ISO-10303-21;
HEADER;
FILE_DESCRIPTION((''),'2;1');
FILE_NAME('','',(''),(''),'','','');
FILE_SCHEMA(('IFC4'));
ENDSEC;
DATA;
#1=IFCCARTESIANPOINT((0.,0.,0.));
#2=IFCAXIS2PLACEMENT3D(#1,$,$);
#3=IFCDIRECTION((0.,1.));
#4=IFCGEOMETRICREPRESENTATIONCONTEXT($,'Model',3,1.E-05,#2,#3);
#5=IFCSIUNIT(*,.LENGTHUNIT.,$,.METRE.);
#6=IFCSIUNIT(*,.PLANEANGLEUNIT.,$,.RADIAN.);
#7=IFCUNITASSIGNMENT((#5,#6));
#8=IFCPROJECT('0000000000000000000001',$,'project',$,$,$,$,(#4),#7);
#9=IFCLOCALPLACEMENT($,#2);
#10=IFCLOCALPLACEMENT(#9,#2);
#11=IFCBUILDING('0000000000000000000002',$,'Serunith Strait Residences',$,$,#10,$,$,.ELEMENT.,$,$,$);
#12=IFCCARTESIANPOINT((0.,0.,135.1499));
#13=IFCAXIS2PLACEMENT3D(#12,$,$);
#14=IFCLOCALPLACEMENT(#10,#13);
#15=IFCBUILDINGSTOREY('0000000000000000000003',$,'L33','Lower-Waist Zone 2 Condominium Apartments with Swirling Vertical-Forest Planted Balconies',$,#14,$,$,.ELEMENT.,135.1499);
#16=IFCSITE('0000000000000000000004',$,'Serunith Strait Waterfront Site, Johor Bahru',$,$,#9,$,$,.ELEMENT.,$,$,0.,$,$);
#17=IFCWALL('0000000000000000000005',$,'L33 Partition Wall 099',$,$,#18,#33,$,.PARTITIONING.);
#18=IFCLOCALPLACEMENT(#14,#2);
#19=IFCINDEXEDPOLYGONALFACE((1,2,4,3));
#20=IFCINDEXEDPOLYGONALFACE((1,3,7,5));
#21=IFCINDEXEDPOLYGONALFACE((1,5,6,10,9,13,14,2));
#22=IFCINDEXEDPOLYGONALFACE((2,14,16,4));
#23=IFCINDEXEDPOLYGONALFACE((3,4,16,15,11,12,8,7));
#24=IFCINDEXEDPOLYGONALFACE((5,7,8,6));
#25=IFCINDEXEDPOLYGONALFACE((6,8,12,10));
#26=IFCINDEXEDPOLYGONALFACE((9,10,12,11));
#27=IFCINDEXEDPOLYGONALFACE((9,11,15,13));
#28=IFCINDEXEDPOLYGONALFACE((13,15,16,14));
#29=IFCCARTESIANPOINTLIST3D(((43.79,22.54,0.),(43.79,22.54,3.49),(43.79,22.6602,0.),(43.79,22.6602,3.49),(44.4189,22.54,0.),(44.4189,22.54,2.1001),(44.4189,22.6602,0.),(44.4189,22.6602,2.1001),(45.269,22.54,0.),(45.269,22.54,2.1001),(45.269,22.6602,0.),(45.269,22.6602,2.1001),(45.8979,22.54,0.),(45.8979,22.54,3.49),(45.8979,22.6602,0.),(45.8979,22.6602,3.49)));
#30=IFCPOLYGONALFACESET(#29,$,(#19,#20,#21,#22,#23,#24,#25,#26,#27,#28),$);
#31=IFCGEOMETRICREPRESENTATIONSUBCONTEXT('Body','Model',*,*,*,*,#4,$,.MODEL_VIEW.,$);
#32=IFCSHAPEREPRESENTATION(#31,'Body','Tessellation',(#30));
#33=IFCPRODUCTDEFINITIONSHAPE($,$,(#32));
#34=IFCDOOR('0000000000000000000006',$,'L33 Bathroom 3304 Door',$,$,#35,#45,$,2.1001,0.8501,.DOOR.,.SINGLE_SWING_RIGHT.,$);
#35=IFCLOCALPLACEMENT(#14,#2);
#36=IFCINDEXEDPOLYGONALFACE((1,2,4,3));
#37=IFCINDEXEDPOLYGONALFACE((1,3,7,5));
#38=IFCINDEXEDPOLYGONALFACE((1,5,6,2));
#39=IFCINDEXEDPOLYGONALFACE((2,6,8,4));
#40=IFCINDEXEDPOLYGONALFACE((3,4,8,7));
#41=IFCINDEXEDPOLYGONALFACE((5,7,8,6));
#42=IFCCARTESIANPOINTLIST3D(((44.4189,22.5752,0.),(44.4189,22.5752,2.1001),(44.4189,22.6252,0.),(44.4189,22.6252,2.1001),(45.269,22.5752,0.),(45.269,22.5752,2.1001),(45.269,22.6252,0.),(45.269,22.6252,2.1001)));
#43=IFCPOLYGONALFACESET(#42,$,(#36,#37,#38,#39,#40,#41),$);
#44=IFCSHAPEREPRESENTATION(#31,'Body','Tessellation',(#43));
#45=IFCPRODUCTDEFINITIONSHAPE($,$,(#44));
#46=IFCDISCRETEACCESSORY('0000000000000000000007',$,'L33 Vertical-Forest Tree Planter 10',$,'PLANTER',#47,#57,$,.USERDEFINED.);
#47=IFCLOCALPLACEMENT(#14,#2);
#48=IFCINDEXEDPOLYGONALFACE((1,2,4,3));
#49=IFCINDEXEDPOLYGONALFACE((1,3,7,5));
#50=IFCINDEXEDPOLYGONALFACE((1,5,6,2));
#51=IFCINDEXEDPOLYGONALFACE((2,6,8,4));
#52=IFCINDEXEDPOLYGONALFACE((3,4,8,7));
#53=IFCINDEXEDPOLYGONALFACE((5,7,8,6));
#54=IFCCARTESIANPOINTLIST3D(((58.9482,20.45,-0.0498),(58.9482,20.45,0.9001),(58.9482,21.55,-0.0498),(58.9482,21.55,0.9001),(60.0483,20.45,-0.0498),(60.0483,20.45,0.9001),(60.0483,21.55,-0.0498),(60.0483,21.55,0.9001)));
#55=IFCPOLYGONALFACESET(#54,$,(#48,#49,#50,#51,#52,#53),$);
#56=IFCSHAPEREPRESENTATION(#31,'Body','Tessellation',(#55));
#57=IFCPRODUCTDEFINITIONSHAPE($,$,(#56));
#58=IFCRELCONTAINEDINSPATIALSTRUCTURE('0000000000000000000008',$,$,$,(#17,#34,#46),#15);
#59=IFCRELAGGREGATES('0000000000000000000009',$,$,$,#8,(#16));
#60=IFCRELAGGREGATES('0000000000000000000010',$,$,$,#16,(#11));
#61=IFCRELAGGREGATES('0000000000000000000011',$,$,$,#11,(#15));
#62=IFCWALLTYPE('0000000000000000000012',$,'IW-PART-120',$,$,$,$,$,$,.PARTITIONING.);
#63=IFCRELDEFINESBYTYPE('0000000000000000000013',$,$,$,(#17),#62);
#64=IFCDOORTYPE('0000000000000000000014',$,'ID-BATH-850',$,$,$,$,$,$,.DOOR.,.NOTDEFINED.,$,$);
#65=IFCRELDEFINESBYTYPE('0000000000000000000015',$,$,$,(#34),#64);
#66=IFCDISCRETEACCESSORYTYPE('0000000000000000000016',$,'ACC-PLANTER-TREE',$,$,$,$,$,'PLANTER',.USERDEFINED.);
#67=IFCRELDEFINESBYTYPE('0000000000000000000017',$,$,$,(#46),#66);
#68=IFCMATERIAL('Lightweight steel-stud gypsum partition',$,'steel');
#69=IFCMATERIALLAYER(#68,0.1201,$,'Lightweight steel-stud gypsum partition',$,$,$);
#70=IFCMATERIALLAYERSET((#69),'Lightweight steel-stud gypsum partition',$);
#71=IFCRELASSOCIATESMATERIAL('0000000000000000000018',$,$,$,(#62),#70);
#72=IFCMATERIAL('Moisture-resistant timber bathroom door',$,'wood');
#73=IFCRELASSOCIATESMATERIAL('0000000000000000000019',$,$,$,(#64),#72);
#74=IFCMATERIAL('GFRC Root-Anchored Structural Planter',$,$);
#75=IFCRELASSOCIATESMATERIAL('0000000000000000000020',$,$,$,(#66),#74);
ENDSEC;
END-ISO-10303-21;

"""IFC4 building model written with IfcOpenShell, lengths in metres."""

from ifc_helpers import new_model, si_unit, direction, frame, frame_2d, origin, origin_2d, place, context, subcontext, project, spatial, rectangle, extrude, source, transform, mapped, material, layer, layer_set, type_object, element, fill, save


model = new_model("IFC4")

# Units and contexts
model_context = context("Model", 3, precision=1e-05, world=origin(), true_north=direction((0.0, 1.0)))
body_context = subcontext(model_context, "Body", "Model", "MODEL_VIEW")
ifc_project = project(units=[si_unit("LENGTHUNIT", "METRE"), si_unit("PLANEANGLEUNIT", "RADIAN")], contexts=[model_context])

# Site, building, storey
site_placement = place(None, origin())
site = spatial("IfcSite", under=ifc_project, at=site_placement, Name="Serunith Strait Waterfront Site, Johor Bahru", CompositionType="ELEMENT", RefElevation=0.0)
building_placement = place(site_placement, origin())
building = spatial("IfcBuilding", under=site, at=building_placement, Name="Serunith Strait Residences", CompositionType="ELEMENT")
storey_placement = place(building_placement, frame((0.0, 0.0, 135.1499)))
storey = spatial("IfcBuildingStorey", under=building, at=storey_placement, Name="L33", Description="Lower-Waist Zone 2 Condominium Apartments with Swirling Vertical-Forest Planted Balconies", CompositionType="ELEMENT", Elevation=135.1499)

# Shared definitions
ifc_material_1 = material(Name="Lightweight steel-stud gypsum partition", Category="steel")
ifc_layer_1 = layer(ifc_material_1, 0.1201, Name="Lightweight steel-stud gypsum partition")
ifc_layer_set_1 = layer_set([ifc_layer_1], Name="Lightweight steel-stud gypsum partition")
wall_type = type_object("IfcWallType", Name="IW-PART-120", PredefinedType="PARTITIONING", material=ifc_layer_set_1)

# Shared definitions
shared_shape_1 = source(origin(), body_context, "Body", "SweptSolid", [
    extrude(rectangle(XDim=0.8501, YDim=2.1001, at=frame_2d((0.425, 1.05))), frame((0.0, 0.0249, 0.0), z_axis=(0.0, -1.0, 0.0), x_axis=(1.0, 0.0, 0.0)), (0.0, 0.0, 1.0), 0.05),
])

# Wall, opening, door
wall_1_placement = place(storey_placement, frame((45.8979, 22.6001, 0.0), z_axis=(0.0, 0.0, 1.0), x_axis=(-1.0, 0.0, 0.0)))
wall_1 = element("IfcWall", 1, at=wall_1_placement, inside=storey, type_object=wall_type, Name="L33 Partition Wall 099", PredefinedType="PARTITIONING", context=body_context, shape_type="SweptSolid", body=[
    extrude(rectangle(XDim=2.1079, YDim=0.1201, at=frame_2d((1.054, 0.0))), origin(), (0.0, 0.0, 1.0), 3.49),
])
opening_1_placement = place(wall_1_placement, frame((0.6289, 0.0, 0.0)))
opening_1 = element("IfcOpeningElement", 2, at=opening_1_placement, cuts=wall_1, PredefinedType="OPENING", context=body_context, shape_type="SweptSolid", body=[
    extrude(rectangle(XDim=0.8501, YDim=2.1001, at=frame_2d((0.425, 1.05))), frame((0.0, 0.0701, 0.0), z_axis=(0.0, -1.0, 0.0), x_axis=(1.0, 0.0, 0.0)), (0.0, 0.0, 1.0), 0.1401),
])
ifc_material_2 = material(Name="Moisture-resistant timber bathroom door", Category="wood")
door_type_1 = type_object("IfcDoorType", Name="ID-BATH-850", OperationType="NOTDEFINED", PredefinedType="DOOR", material=ifc_material_2)
door_1_placement = place(opening_1_placement, origin())
door_1 = element("IfcDoor", 3, at=door_1_placement, inside=storey, type_object=door_type_1, Name="L33 Bathroom 3304 Door", OperationType="SINGLE_SWING_RIGHT", OverallHeight=2.1001, OverallWidth=0.8501, PredefinedType="DOOR", context=body_context, shape_type="MappedRepresentation", body=[
    mapped(shared_shape_1, transform((0.0, 0.0, 0.0), scale=1.0)),
])
fill(opening_1, door_1)

# Discrete accessory
ifc_material_3 = material(Name="GFRC Root-Anchored Structural Planter")
discrete_accessory_type = type_object("IfcDiscreteAccessoryType", Name="ACC-PLANTER-TREE", ElementType="PLANTER", PredefinedType="USERDEFINED", material=ifc_material_3)
shared_shape_2 = source(origin(), body_context, "Body", "SweptSolid", [
    extrude(rectangle(XDim=1.1001, YDim=1.1001, at=origin_2d()), origin(), (0.0, 0.0, 1.0), 0.95),
])
discrete_accessory_placement = place(storey_placement, frame((59.4983, 21.0, -0.0498), z_axis=(0.0, 0.0, 1.0), x_axis=(0.0, 1.0, 0.0)))
element("IfcDiscreteAccessory", 4, at=discrete_accessory_placement, inside=storey, type_object=discrete_accessory_type, Name="L33 Vertical-Forest Tree Planter 10", ObjectType="PLANTER", PredefinedType="USERDEFINED", context=body_context, shape_type="MappedRepresentation", body=[
    mapped(shared_shape_2, transform((0.0, 0.0, 0.0), scale=1.0)),
])

save(model, "model.ifc")
